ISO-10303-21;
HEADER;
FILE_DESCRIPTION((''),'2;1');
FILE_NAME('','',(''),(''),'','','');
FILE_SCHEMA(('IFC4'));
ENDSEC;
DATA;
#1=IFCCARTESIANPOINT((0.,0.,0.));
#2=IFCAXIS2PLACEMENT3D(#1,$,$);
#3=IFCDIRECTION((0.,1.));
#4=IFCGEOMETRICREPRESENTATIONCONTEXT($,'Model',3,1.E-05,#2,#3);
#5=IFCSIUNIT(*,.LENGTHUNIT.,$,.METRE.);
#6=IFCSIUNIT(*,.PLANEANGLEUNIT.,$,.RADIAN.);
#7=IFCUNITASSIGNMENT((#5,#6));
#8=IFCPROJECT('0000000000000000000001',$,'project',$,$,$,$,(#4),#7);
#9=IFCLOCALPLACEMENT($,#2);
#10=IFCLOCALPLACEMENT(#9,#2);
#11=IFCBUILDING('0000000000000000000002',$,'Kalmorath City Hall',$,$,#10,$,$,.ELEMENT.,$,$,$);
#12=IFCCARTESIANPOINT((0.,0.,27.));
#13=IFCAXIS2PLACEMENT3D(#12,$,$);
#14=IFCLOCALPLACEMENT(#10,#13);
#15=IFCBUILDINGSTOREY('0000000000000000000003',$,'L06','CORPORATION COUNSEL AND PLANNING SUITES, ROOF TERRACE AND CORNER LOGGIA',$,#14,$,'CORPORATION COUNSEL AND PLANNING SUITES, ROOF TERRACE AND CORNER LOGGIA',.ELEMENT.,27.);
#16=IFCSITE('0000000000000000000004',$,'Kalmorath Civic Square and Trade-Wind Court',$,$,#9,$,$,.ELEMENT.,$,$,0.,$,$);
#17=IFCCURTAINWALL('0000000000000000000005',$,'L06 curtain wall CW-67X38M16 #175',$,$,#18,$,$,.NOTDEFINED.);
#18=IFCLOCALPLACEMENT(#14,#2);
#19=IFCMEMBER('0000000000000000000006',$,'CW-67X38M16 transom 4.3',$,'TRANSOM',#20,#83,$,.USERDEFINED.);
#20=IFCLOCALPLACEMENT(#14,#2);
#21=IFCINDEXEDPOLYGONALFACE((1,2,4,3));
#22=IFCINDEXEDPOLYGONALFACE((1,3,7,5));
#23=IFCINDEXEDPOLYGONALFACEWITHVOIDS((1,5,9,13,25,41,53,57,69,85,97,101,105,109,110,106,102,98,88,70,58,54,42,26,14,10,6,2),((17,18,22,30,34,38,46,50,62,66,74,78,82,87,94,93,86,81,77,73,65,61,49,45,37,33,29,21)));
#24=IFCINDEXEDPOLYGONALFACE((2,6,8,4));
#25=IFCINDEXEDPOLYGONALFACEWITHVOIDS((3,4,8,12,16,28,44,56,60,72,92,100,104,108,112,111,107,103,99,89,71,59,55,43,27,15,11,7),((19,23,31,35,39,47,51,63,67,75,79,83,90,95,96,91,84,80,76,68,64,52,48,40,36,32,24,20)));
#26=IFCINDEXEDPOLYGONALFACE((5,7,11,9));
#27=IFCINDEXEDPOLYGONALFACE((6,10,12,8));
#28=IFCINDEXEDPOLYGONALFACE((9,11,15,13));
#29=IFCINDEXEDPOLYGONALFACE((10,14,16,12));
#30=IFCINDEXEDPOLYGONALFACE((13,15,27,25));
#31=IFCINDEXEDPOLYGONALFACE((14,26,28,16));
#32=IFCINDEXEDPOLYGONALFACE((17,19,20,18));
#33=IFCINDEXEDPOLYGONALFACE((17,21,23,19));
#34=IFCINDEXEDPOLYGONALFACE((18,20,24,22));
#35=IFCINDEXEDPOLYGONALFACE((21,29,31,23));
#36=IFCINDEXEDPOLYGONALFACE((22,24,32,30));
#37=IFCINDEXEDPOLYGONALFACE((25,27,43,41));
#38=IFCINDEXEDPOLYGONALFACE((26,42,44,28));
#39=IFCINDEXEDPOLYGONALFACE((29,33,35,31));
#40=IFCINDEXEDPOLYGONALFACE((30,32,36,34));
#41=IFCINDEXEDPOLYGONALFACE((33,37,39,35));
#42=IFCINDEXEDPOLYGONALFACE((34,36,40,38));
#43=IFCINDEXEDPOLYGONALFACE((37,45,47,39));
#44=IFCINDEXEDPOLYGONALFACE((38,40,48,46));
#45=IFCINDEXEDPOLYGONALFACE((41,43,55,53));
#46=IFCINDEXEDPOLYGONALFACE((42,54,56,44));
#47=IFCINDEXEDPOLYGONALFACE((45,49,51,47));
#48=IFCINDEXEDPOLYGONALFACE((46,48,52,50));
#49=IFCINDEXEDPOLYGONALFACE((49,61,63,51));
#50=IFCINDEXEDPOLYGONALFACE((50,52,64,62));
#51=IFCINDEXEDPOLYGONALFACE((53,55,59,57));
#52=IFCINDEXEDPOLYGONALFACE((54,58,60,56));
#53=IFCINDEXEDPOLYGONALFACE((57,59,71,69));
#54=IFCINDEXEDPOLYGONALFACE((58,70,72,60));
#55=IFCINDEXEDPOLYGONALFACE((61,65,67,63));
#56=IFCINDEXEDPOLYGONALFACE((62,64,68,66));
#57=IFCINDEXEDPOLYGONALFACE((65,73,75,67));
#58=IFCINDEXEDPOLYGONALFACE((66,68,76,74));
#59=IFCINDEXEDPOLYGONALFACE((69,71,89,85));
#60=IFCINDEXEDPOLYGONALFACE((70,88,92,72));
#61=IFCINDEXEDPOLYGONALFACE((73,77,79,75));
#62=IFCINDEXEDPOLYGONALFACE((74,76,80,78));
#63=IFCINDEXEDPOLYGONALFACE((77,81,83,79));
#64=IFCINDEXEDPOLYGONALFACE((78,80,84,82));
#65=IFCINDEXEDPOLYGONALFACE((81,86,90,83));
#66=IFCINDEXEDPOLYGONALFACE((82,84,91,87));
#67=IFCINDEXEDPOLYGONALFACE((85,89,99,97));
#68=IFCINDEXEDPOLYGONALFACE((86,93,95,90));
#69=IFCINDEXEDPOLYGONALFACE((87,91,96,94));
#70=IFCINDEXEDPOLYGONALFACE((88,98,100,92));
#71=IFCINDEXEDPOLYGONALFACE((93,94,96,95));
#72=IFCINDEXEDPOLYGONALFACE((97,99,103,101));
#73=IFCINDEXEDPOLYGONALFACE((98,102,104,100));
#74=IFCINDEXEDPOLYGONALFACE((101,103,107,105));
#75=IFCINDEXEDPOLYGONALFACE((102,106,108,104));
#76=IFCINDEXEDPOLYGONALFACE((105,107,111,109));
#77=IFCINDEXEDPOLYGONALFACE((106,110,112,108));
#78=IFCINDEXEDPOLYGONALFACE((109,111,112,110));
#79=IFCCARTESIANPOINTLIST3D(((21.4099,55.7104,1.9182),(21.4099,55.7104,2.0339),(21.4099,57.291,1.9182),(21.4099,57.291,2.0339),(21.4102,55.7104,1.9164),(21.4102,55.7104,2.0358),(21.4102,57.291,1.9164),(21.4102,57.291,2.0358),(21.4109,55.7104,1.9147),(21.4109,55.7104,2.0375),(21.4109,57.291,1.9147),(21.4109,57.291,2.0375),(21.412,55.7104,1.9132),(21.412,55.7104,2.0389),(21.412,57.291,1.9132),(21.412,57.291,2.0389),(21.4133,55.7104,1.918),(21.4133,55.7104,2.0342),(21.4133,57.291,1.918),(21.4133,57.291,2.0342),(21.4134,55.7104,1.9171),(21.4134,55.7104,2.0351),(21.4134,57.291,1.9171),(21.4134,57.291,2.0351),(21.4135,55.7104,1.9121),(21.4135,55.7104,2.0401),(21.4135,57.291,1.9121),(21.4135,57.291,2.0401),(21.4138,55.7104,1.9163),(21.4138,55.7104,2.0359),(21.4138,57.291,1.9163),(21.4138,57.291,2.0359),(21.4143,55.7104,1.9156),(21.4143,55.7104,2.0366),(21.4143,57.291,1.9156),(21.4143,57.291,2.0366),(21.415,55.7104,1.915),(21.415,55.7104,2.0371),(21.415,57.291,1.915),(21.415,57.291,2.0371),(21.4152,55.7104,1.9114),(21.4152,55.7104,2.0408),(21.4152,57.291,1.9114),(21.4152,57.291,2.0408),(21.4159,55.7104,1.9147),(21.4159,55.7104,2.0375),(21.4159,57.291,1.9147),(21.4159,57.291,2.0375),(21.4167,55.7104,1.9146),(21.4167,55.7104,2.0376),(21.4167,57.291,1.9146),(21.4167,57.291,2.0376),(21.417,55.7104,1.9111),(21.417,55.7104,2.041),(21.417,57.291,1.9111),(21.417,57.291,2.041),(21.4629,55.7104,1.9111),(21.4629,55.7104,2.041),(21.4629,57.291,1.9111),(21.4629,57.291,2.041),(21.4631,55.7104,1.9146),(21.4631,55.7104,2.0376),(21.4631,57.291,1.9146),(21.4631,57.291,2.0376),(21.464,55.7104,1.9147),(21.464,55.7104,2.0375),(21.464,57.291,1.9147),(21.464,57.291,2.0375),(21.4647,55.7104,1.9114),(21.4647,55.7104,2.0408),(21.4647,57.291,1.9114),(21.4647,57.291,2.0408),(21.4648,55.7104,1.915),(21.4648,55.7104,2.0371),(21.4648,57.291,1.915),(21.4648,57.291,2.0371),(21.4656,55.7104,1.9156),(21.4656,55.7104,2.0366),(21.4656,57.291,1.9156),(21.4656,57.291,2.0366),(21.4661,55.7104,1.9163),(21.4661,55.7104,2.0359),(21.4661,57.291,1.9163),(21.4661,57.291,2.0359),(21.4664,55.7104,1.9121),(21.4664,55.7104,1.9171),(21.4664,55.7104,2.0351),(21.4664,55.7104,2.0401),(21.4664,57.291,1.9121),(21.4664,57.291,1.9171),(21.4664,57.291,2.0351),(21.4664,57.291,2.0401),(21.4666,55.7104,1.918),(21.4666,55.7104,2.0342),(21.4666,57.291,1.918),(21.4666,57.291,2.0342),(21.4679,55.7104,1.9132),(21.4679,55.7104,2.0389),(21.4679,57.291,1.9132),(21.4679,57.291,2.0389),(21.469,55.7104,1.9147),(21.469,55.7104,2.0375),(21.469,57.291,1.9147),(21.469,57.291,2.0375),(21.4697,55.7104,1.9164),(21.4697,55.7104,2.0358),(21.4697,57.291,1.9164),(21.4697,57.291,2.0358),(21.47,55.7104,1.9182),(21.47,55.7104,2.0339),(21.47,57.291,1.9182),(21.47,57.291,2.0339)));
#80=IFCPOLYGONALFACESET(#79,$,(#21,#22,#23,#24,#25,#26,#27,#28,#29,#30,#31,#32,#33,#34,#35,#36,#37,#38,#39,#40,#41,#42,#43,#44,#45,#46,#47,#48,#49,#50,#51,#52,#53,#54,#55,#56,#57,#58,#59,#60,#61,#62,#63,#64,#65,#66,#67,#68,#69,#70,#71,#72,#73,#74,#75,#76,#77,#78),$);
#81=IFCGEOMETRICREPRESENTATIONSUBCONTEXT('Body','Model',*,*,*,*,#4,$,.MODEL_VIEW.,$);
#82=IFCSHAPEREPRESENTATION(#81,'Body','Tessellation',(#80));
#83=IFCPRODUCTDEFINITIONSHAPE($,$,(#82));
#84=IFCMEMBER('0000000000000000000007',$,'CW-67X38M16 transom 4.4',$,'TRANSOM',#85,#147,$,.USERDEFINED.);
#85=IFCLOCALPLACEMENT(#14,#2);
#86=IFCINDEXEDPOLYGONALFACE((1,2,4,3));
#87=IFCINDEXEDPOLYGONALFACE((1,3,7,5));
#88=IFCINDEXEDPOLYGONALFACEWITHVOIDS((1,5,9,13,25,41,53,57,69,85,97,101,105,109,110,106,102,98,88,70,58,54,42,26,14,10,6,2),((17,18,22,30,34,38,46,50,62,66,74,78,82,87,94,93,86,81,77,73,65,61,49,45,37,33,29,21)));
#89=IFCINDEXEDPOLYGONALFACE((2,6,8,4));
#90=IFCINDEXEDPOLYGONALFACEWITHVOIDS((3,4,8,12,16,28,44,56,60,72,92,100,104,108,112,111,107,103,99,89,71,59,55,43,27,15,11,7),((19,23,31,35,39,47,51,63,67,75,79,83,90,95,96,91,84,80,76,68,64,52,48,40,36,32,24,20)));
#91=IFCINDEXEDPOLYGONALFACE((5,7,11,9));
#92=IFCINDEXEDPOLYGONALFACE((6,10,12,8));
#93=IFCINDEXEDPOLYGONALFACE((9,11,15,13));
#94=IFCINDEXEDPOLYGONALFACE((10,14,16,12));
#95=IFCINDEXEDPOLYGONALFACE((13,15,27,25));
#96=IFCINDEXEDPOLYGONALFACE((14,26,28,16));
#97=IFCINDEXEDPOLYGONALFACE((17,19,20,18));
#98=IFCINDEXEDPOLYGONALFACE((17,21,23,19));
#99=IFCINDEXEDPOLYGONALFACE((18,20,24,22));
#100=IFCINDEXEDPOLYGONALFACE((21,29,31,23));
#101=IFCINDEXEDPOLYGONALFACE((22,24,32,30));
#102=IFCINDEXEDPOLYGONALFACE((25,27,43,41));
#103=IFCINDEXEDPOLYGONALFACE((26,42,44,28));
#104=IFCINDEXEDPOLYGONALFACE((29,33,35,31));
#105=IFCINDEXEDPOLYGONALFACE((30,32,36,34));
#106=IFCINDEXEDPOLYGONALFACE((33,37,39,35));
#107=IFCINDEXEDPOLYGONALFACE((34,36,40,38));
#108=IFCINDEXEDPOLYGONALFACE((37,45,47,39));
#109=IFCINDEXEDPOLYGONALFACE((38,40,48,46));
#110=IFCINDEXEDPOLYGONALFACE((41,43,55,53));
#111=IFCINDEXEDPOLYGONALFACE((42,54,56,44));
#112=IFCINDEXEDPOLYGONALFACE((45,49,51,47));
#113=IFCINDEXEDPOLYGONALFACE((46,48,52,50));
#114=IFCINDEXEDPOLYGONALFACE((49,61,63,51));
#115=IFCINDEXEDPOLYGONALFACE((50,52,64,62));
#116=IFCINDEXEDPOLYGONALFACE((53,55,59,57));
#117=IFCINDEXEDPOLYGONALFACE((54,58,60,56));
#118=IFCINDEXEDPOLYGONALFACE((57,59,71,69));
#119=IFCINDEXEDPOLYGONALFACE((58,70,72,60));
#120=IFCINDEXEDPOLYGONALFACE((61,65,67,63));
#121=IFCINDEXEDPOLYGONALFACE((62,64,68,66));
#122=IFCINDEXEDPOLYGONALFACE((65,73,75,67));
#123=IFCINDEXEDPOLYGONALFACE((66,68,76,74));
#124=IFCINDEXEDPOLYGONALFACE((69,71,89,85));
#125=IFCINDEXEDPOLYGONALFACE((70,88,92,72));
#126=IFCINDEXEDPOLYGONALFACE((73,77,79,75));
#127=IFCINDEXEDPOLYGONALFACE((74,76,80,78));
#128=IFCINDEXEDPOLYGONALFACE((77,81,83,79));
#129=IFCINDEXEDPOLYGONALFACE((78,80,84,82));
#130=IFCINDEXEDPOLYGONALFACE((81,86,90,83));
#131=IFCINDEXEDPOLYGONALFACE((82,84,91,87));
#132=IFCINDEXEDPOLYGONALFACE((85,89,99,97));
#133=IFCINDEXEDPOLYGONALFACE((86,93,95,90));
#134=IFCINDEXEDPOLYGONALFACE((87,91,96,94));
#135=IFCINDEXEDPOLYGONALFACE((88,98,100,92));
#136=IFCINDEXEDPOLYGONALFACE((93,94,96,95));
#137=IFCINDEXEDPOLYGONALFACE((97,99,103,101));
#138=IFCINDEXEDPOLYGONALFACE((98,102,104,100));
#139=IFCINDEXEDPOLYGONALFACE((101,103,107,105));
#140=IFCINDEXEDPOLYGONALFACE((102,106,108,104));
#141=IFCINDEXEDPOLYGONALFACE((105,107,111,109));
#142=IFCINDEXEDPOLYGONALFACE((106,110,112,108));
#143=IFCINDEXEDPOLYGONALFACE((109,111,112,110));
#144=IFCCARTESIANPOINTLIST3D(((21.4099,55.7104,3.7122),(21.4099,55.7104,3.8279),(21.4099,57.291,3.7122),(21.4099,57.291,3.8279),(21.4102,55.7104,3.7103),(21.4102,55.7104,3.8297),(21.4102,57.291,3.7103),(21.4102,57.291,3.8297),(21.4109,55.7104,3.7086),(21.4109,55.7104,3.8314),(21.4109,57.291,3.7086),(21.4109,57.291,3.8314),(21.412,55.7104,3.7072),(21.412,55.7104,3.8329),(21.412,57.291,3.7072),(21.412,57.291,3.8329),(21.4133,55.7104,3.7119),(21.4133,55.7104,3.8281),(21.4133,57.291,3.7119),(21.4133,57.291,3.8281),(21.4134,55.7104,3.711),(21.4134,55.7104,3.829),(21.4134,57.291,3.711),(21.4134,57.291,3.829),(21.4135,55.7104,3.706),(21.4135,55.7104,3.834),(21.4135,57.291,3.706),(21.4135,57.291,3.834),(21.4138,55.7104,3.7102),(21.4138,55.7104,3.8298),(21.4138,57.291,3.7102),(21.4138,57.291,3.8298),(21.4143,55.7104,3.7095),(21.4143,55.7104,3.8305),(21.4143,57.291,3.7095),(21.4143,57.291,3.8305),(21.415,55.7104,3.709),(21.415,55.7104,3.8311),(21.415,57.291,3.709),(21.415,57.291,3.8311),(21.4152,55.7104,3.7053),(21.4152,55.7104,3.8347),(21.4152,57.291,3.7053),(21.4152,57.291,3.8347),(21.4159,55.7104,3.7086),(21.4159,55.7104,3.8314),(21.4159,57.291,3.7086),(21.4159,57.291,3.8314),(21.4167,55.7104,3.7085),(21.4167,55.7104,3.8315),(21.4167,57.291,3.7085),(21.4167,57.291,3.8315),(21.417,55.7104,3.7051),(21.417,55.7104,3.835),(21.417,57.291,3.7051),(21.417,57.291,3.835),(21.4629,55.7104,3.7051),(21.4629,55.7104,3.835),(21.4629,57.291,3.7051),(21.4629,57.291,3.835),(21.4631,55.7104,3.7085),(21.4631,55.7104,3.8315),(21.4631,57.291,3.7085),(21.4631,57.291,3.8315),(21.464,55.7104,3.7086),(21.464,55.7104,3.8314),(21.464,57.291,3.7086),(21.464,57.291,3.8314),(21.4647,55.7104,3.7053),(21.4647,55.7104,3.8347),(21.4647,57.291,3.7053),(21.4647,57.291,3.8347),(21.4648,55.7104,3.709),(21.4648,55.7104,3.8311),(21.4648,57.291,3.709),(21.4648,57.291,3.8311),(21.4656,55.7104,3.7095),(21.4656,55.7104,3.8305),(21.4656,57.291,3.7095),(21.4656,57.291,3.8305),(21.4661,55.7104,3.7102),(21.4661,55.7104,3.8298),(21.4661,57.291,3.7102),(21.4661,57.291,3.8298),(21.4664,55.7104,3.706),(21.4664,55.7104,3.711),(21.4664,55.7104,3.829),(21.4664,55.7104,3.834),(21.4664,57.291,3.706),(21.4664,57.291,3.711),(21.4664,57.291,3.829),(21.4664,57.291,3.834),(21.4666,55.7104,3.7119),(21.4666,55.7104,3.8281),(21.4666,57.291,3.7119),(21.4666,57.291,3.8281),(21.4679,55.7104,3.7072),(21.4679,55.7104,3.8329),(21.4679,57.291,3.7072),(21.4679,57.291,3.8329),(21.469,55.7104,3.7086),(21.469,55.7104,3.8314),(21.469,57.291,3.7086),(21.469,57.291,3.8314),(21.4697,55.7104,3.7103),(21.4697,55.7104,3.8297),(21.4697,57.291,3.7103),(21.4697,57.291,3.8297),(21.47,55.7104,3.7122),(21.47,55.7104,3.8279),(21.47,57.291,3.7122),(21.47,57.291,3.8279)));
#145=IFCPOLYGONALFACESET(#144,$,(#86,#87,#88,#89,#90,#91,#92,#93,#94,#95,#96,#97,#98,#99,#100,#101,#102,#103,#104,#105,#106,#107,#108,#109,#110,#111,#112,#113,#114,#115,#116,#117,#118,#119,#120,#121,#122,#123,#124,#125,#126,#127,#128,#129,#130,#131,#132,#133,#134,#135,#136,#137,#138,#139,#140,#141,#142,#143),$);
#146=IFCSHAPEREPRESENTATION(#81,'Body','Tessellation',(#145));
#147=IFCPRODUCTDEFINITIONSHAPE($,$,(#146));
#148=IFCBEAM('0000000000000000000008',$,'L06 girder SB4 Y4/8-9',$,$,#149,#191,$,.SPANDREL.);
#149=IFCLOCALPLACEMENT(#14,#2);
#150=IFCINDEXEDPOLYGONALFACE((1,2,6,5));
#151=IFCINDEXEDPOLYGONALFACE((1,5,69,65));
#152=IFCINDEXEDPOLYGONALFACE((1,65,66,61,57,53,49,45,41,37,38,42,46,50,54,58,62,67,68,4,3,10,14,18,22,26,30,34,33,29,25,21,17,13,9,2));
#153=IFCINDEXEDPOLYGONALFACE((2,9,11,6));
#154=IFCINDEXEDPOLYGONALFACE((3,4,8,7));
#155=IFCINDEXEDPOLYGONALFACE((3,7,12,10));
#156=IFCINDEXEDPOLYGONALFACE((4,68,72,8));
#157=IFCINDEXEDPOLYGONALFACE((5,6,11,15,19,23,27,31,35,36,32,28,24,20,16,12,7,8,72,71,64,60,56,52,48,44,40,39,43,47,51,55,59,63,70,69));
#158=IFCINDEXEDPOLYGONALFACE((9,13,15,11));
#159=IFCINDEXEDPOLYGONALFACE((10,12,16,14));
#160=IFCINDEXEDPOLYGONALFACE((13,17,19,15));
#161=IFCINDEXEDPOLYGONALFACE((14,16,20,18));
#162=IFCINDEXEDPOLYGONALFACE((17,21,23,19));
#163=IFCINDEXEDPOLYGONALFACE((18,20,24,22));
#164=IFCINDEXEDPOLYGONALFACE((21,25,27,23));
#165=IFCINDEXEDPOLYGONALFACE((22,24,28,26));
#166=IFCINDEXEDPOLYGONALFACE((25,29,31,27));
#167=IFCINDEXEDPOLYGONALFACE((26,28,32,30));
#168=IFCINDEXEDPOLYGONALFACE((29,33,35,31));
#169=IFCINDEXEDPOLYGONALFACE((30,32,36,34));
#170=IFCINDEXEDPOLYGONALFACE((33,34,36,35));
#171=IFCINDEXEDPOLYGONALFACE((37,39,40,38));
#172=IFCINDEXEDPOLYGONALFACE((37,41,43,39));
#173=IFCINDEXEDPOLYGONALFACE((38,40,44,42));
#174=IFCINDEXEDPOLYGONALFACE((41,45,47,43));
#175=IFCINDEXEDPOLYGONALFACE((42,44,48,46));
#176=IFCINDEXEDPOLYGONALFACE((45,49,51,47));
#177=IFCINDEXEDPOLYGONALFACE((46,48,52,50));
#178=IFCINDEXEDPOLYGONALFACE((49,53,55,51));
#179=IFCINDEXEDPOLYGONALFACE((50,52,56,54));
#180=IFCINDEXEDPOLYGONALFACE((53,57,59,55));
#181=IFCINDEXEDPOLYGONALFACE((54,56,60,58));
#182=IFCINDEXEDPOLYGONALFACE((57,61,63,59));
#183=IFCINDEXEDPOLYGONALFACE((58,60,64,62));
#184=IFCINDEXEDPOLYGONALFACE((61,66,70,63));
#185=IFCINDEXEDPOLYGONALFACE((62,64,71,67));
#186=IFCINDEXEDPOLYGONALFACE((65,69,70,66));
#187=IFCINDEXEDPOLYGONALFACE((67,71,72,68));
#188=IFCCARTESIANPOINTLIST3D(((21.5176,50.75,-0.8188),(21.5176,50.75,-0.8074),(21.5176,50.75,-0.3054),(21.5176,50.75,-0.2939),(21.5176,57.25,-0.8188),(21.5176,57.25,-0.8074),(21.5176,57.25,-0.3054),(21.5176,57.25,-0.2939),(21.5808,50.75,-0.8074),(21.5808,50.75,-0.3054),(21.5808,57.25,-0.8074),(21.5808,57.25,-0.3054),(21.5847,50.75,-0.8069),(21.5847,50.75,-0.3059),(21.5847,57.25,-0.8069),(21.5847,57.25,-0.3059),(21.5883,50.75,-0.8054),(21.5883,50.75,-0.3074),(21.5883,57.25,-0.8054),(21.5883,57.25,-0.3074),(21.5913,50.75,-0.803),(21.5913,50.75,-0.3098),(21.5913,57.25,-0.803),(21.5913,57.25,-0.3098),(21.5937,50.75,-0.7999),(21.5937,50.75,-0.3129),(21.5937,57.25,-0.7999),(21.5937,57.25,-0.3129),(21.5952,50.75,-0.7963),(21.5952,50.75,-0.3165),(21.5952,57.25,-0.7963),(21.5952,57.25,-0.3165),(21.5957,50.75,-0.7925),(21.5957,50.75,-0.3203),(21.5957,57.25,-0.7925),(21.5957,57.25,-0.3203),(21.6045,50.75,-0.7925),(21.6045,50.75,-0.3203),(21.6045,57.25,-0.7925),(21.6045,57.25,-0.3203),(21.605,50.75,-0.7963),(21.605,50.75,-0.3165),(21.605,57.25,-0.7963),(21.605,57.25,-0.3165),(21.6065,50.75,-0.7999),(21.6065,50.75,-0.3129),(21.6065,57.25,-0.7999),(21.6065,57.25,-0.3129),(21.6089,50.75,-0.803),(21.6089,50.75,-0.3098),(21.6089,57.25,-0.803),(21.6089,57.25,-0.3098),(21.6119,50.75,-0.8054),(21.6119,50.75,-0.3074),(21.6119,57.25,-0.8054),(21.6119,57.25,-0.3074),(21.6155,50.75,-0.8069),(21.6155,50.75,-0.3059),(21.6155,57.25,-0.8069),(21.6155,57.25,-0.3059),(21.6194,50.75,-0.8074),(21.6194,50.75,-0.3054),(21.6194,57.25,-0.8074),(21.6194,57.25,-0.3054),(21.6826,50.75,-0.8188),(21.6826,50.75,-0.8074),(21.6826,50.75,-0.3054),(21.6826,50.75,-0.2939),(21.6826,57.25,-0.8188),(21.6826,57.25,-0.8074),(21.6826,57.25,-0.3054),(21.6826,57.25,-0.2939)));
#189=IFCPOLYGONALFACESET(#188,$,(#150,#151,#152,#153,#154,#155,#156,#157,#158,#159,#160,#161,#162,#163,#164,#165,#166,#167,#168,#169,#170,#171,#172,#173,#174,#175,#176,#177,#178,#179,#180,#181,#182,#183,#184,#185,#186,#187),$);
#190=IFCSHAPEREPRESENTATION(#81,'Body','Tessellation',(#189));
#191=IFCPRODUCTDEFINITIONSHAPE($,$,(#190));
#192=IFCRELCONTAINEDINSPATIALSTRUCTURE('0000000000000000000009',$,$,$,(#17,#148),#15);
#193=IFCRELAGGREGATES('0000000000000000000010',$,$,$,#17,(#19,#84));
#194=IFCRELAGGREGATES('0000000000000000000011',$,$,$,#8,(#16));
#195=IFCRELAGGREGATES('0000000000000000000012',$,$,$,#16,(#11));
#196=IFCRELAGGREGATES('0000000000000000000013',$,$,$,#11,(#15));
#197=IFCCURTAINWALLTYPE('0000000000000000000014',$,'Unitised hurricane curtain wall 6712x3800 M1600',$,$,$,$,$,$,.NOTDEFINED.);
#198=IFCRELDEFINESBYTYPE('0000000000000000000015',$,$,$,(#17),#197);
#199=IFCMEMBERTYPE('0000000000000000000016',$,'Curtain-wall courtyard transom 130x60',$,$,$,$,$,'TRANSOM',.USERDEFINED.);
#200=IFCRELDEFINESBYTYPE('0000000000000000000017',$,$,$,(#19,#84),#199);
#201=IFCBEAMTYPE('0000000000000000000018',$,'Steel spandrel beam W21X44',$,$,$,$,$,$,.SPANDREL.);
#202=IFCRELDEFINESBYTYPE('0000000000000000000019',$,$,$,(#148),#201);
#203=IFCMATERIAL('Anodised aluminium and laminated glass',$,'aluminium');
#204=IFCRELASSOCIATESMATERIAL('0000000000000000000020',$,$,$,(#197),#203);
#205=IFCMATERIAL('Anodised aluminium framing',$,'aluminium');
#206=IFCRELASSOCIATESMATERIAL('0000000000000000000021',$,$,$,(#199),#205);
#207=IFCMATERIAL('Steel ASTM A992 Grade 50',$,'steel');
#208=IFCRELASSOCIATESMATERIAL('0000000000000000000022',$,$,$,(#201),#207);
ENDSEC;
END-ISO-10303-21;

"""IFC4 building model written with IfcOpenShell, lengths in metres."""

from ifc_helpers import new_model, si_unit, direction, frame, origin, origin_2d, place, context, subcontext, project, spatial, hollow_rectangle, i_section, extrude, material, material_profile, profile_set, type_object, element, aggregate, save


model = new_model("IFC4")

# Units and contexts
model_context = context("Model", 3, precision=1e-05, world=origin(), true_north=direction((0.0, 1.0)))
body_context = subcontext(model_context, "Body", "Model", "MODEL_VIEW")
ifc_project = project(units=[si_unit("LENGTHUNIT", "METRE"), si_unit("PLANEANGLEUNIT", "RADIAN")], contexts=[model_context])

# Site, building, storey
site_placement = place(None, origin())
site = spatial("IfcSite", under=ifc_project, at=site_placement, Name="Kalmorath Civic Square and Trade-Wind Court", CompositionType="ELEMENT", RefElevation=0.0)
building_placement = place(site_placement, origin())
building = spatial("IfcBuilding", under=site, at=building_placement, Name="Kalmorath City Hall", CompositionType="ELEMENT")
storey_placement = place(building_placement, frame((0.0, 0.0, 27.0)))
storey = spatial("IfcBuildingStorey", under=building, at=storey_placement, Name="L06", Description="CORPORATION COUNSEL AND PLANNING SUITES, ROOF TERRACE AND CORNER LOGGIA", LongName="CORPORATION COUNSEL AND PLANNING SUITES, ROOF TERRACE AND CORNER LOGGIA", CompositionType="ELEMENT", Elevation=27.0)

# Curtain wall, members
ifc_material_1 = material(Name="Anodised aluminium and laminated glass", Category="aluminium")
curtain_wall_type = type_object("IfcCurtainWallType", Name="Unitised hurricane curtain wall 6712x3800 M1600", PredefinedType="NOTDEFINED", material=ifc_material_1)
curtain_wall_placement = place(storey_placement, origin())
curtain_wall = element("IfcCurtainWall", 1, at=curtain_wall_placement, inside=storey, type_object=curtain_wall_type, Name="L06 curtain wall CW-67X38M16 #175", PredefinedType="NOTDEFINED")
ifc_material_2 = material(Name="Anodised aluminium framing", Category="aluminium")
ifc_material_profile_1 = material_profile(ifc_material_2, hollow_rectangle(XDim=0.0601, YDim=0.1299, WallThickness=0.0034, InnerFilletRadius=0.0034, OuterFilletRadius=0.0071, at=origin_2d()), Name="ALU-TRN-130X60X3.5")
ifc_profile_set_1 = profile_set([ifc_material_profile_1], Name="Anodised aluminium framing")
member_type_1 = type_object("IfcMemberType", Name="Curtain-wall courtyard transom 130x60", ElementType="TRANSOM", PredefinedType="USERDEFINED", material=ifc_profile_set_1)
member_1_placement = place(storey_placement, frame((21.4399, 55.7104, 1.9761), z_axis=(0.0, 1.0, 0.0), x_axis=(-1.0, 0.0, 0.0)))
member_1 = element("IfcMember", 2, at=member_1_placement, type_object=member_type_1, Name="CW-67X38M16 transom 4.3", ObjectType="TRANSOM", PredefinedType="USERDEFINED", context=body_context, shape_type="SweptSolid", body=[
    extrude(hollow_rectangle(XDim=0.0601, YDim=0.1299, WallThickness=0.0034, InnerFilletRadius=0.0034, OuterFilletRadius=0.0071, at=origin_2d()), origin(), (0.0, 0.0, 1.0), 1.5806),
])
member_2_placement = place(storey_placement, frame((21.4399, 55.7104, 3.77), z_axis=(0.0, 1.0, 0.0), x_axis=(-1.0, 0.0, 0.0)))
member_2 = element("IfcMember", 3, at=member_2_placement, type_object=member_type_1, Name="CW-67X38M16 transom 4.4", ObjectType="TRANSOM", PredefinedType="USERDEFINED", context=body_context, shape_type="SweptSolid", body=[
    extrude(hollow_rectangle(XDim=0.0601, YDim=0.1299, WallThickness=0.0034, InnerFilletRadius=0.0034, OuterFilletRadius=0.0071, at=origin_2d()), origin(), (0.0, 0.0, 1.0), 1.5806),
])

# Beam
ifc_material_3 = material(Name="Steel ASTM A992 Grade 50", Category="steel")
ifc_material_profile_2 = material_profile(ifc_material_3, i_section(OverallWidth=0.165, OverallDepth=0.5249, WebThickness=0.0088, FlangeThickness=0.0115, FilletRadius=0.0149, at=origin_2d()), Name="W21X44")
ifc_profile_set_2 = profile_set([ifc_material_profile_2], Name="Steel ASTM A992 Grade 50")
beam_type = type_object("IfcBeamType", Name="Steel spandrel beam W21X44", PredefinedType="SPANDREL", material=ifc_profile_set_2)
beam_placement = place(storey_placement, frame((21.6001, 50.75, -0.5564), z_axis=(0.0, 1.0, 0.0), x_axis=(-1.0, 0.0, 0.0)))
element("IfcBeam", 4, at=beam_placement, inside=storey, type_object=beam_type, Name="L06 girder SB4 Y4/8-9", PredefinedType="SPANDREL", context=body_context, shape_type="SweptSolid", body=[
    extrude(i_section(OverallWidth=0.165, OverallDepth=0.5249, WebThickness=0.0088, FlangeThickness=0.0115, FilletRadius=0.0149, at=origin_2d()), origin(), (0.0, 0.0, 1.0), 6.5),
])

aggregate(curtain_wall, [member_1, member_2])

save(model, "model.ifc")
